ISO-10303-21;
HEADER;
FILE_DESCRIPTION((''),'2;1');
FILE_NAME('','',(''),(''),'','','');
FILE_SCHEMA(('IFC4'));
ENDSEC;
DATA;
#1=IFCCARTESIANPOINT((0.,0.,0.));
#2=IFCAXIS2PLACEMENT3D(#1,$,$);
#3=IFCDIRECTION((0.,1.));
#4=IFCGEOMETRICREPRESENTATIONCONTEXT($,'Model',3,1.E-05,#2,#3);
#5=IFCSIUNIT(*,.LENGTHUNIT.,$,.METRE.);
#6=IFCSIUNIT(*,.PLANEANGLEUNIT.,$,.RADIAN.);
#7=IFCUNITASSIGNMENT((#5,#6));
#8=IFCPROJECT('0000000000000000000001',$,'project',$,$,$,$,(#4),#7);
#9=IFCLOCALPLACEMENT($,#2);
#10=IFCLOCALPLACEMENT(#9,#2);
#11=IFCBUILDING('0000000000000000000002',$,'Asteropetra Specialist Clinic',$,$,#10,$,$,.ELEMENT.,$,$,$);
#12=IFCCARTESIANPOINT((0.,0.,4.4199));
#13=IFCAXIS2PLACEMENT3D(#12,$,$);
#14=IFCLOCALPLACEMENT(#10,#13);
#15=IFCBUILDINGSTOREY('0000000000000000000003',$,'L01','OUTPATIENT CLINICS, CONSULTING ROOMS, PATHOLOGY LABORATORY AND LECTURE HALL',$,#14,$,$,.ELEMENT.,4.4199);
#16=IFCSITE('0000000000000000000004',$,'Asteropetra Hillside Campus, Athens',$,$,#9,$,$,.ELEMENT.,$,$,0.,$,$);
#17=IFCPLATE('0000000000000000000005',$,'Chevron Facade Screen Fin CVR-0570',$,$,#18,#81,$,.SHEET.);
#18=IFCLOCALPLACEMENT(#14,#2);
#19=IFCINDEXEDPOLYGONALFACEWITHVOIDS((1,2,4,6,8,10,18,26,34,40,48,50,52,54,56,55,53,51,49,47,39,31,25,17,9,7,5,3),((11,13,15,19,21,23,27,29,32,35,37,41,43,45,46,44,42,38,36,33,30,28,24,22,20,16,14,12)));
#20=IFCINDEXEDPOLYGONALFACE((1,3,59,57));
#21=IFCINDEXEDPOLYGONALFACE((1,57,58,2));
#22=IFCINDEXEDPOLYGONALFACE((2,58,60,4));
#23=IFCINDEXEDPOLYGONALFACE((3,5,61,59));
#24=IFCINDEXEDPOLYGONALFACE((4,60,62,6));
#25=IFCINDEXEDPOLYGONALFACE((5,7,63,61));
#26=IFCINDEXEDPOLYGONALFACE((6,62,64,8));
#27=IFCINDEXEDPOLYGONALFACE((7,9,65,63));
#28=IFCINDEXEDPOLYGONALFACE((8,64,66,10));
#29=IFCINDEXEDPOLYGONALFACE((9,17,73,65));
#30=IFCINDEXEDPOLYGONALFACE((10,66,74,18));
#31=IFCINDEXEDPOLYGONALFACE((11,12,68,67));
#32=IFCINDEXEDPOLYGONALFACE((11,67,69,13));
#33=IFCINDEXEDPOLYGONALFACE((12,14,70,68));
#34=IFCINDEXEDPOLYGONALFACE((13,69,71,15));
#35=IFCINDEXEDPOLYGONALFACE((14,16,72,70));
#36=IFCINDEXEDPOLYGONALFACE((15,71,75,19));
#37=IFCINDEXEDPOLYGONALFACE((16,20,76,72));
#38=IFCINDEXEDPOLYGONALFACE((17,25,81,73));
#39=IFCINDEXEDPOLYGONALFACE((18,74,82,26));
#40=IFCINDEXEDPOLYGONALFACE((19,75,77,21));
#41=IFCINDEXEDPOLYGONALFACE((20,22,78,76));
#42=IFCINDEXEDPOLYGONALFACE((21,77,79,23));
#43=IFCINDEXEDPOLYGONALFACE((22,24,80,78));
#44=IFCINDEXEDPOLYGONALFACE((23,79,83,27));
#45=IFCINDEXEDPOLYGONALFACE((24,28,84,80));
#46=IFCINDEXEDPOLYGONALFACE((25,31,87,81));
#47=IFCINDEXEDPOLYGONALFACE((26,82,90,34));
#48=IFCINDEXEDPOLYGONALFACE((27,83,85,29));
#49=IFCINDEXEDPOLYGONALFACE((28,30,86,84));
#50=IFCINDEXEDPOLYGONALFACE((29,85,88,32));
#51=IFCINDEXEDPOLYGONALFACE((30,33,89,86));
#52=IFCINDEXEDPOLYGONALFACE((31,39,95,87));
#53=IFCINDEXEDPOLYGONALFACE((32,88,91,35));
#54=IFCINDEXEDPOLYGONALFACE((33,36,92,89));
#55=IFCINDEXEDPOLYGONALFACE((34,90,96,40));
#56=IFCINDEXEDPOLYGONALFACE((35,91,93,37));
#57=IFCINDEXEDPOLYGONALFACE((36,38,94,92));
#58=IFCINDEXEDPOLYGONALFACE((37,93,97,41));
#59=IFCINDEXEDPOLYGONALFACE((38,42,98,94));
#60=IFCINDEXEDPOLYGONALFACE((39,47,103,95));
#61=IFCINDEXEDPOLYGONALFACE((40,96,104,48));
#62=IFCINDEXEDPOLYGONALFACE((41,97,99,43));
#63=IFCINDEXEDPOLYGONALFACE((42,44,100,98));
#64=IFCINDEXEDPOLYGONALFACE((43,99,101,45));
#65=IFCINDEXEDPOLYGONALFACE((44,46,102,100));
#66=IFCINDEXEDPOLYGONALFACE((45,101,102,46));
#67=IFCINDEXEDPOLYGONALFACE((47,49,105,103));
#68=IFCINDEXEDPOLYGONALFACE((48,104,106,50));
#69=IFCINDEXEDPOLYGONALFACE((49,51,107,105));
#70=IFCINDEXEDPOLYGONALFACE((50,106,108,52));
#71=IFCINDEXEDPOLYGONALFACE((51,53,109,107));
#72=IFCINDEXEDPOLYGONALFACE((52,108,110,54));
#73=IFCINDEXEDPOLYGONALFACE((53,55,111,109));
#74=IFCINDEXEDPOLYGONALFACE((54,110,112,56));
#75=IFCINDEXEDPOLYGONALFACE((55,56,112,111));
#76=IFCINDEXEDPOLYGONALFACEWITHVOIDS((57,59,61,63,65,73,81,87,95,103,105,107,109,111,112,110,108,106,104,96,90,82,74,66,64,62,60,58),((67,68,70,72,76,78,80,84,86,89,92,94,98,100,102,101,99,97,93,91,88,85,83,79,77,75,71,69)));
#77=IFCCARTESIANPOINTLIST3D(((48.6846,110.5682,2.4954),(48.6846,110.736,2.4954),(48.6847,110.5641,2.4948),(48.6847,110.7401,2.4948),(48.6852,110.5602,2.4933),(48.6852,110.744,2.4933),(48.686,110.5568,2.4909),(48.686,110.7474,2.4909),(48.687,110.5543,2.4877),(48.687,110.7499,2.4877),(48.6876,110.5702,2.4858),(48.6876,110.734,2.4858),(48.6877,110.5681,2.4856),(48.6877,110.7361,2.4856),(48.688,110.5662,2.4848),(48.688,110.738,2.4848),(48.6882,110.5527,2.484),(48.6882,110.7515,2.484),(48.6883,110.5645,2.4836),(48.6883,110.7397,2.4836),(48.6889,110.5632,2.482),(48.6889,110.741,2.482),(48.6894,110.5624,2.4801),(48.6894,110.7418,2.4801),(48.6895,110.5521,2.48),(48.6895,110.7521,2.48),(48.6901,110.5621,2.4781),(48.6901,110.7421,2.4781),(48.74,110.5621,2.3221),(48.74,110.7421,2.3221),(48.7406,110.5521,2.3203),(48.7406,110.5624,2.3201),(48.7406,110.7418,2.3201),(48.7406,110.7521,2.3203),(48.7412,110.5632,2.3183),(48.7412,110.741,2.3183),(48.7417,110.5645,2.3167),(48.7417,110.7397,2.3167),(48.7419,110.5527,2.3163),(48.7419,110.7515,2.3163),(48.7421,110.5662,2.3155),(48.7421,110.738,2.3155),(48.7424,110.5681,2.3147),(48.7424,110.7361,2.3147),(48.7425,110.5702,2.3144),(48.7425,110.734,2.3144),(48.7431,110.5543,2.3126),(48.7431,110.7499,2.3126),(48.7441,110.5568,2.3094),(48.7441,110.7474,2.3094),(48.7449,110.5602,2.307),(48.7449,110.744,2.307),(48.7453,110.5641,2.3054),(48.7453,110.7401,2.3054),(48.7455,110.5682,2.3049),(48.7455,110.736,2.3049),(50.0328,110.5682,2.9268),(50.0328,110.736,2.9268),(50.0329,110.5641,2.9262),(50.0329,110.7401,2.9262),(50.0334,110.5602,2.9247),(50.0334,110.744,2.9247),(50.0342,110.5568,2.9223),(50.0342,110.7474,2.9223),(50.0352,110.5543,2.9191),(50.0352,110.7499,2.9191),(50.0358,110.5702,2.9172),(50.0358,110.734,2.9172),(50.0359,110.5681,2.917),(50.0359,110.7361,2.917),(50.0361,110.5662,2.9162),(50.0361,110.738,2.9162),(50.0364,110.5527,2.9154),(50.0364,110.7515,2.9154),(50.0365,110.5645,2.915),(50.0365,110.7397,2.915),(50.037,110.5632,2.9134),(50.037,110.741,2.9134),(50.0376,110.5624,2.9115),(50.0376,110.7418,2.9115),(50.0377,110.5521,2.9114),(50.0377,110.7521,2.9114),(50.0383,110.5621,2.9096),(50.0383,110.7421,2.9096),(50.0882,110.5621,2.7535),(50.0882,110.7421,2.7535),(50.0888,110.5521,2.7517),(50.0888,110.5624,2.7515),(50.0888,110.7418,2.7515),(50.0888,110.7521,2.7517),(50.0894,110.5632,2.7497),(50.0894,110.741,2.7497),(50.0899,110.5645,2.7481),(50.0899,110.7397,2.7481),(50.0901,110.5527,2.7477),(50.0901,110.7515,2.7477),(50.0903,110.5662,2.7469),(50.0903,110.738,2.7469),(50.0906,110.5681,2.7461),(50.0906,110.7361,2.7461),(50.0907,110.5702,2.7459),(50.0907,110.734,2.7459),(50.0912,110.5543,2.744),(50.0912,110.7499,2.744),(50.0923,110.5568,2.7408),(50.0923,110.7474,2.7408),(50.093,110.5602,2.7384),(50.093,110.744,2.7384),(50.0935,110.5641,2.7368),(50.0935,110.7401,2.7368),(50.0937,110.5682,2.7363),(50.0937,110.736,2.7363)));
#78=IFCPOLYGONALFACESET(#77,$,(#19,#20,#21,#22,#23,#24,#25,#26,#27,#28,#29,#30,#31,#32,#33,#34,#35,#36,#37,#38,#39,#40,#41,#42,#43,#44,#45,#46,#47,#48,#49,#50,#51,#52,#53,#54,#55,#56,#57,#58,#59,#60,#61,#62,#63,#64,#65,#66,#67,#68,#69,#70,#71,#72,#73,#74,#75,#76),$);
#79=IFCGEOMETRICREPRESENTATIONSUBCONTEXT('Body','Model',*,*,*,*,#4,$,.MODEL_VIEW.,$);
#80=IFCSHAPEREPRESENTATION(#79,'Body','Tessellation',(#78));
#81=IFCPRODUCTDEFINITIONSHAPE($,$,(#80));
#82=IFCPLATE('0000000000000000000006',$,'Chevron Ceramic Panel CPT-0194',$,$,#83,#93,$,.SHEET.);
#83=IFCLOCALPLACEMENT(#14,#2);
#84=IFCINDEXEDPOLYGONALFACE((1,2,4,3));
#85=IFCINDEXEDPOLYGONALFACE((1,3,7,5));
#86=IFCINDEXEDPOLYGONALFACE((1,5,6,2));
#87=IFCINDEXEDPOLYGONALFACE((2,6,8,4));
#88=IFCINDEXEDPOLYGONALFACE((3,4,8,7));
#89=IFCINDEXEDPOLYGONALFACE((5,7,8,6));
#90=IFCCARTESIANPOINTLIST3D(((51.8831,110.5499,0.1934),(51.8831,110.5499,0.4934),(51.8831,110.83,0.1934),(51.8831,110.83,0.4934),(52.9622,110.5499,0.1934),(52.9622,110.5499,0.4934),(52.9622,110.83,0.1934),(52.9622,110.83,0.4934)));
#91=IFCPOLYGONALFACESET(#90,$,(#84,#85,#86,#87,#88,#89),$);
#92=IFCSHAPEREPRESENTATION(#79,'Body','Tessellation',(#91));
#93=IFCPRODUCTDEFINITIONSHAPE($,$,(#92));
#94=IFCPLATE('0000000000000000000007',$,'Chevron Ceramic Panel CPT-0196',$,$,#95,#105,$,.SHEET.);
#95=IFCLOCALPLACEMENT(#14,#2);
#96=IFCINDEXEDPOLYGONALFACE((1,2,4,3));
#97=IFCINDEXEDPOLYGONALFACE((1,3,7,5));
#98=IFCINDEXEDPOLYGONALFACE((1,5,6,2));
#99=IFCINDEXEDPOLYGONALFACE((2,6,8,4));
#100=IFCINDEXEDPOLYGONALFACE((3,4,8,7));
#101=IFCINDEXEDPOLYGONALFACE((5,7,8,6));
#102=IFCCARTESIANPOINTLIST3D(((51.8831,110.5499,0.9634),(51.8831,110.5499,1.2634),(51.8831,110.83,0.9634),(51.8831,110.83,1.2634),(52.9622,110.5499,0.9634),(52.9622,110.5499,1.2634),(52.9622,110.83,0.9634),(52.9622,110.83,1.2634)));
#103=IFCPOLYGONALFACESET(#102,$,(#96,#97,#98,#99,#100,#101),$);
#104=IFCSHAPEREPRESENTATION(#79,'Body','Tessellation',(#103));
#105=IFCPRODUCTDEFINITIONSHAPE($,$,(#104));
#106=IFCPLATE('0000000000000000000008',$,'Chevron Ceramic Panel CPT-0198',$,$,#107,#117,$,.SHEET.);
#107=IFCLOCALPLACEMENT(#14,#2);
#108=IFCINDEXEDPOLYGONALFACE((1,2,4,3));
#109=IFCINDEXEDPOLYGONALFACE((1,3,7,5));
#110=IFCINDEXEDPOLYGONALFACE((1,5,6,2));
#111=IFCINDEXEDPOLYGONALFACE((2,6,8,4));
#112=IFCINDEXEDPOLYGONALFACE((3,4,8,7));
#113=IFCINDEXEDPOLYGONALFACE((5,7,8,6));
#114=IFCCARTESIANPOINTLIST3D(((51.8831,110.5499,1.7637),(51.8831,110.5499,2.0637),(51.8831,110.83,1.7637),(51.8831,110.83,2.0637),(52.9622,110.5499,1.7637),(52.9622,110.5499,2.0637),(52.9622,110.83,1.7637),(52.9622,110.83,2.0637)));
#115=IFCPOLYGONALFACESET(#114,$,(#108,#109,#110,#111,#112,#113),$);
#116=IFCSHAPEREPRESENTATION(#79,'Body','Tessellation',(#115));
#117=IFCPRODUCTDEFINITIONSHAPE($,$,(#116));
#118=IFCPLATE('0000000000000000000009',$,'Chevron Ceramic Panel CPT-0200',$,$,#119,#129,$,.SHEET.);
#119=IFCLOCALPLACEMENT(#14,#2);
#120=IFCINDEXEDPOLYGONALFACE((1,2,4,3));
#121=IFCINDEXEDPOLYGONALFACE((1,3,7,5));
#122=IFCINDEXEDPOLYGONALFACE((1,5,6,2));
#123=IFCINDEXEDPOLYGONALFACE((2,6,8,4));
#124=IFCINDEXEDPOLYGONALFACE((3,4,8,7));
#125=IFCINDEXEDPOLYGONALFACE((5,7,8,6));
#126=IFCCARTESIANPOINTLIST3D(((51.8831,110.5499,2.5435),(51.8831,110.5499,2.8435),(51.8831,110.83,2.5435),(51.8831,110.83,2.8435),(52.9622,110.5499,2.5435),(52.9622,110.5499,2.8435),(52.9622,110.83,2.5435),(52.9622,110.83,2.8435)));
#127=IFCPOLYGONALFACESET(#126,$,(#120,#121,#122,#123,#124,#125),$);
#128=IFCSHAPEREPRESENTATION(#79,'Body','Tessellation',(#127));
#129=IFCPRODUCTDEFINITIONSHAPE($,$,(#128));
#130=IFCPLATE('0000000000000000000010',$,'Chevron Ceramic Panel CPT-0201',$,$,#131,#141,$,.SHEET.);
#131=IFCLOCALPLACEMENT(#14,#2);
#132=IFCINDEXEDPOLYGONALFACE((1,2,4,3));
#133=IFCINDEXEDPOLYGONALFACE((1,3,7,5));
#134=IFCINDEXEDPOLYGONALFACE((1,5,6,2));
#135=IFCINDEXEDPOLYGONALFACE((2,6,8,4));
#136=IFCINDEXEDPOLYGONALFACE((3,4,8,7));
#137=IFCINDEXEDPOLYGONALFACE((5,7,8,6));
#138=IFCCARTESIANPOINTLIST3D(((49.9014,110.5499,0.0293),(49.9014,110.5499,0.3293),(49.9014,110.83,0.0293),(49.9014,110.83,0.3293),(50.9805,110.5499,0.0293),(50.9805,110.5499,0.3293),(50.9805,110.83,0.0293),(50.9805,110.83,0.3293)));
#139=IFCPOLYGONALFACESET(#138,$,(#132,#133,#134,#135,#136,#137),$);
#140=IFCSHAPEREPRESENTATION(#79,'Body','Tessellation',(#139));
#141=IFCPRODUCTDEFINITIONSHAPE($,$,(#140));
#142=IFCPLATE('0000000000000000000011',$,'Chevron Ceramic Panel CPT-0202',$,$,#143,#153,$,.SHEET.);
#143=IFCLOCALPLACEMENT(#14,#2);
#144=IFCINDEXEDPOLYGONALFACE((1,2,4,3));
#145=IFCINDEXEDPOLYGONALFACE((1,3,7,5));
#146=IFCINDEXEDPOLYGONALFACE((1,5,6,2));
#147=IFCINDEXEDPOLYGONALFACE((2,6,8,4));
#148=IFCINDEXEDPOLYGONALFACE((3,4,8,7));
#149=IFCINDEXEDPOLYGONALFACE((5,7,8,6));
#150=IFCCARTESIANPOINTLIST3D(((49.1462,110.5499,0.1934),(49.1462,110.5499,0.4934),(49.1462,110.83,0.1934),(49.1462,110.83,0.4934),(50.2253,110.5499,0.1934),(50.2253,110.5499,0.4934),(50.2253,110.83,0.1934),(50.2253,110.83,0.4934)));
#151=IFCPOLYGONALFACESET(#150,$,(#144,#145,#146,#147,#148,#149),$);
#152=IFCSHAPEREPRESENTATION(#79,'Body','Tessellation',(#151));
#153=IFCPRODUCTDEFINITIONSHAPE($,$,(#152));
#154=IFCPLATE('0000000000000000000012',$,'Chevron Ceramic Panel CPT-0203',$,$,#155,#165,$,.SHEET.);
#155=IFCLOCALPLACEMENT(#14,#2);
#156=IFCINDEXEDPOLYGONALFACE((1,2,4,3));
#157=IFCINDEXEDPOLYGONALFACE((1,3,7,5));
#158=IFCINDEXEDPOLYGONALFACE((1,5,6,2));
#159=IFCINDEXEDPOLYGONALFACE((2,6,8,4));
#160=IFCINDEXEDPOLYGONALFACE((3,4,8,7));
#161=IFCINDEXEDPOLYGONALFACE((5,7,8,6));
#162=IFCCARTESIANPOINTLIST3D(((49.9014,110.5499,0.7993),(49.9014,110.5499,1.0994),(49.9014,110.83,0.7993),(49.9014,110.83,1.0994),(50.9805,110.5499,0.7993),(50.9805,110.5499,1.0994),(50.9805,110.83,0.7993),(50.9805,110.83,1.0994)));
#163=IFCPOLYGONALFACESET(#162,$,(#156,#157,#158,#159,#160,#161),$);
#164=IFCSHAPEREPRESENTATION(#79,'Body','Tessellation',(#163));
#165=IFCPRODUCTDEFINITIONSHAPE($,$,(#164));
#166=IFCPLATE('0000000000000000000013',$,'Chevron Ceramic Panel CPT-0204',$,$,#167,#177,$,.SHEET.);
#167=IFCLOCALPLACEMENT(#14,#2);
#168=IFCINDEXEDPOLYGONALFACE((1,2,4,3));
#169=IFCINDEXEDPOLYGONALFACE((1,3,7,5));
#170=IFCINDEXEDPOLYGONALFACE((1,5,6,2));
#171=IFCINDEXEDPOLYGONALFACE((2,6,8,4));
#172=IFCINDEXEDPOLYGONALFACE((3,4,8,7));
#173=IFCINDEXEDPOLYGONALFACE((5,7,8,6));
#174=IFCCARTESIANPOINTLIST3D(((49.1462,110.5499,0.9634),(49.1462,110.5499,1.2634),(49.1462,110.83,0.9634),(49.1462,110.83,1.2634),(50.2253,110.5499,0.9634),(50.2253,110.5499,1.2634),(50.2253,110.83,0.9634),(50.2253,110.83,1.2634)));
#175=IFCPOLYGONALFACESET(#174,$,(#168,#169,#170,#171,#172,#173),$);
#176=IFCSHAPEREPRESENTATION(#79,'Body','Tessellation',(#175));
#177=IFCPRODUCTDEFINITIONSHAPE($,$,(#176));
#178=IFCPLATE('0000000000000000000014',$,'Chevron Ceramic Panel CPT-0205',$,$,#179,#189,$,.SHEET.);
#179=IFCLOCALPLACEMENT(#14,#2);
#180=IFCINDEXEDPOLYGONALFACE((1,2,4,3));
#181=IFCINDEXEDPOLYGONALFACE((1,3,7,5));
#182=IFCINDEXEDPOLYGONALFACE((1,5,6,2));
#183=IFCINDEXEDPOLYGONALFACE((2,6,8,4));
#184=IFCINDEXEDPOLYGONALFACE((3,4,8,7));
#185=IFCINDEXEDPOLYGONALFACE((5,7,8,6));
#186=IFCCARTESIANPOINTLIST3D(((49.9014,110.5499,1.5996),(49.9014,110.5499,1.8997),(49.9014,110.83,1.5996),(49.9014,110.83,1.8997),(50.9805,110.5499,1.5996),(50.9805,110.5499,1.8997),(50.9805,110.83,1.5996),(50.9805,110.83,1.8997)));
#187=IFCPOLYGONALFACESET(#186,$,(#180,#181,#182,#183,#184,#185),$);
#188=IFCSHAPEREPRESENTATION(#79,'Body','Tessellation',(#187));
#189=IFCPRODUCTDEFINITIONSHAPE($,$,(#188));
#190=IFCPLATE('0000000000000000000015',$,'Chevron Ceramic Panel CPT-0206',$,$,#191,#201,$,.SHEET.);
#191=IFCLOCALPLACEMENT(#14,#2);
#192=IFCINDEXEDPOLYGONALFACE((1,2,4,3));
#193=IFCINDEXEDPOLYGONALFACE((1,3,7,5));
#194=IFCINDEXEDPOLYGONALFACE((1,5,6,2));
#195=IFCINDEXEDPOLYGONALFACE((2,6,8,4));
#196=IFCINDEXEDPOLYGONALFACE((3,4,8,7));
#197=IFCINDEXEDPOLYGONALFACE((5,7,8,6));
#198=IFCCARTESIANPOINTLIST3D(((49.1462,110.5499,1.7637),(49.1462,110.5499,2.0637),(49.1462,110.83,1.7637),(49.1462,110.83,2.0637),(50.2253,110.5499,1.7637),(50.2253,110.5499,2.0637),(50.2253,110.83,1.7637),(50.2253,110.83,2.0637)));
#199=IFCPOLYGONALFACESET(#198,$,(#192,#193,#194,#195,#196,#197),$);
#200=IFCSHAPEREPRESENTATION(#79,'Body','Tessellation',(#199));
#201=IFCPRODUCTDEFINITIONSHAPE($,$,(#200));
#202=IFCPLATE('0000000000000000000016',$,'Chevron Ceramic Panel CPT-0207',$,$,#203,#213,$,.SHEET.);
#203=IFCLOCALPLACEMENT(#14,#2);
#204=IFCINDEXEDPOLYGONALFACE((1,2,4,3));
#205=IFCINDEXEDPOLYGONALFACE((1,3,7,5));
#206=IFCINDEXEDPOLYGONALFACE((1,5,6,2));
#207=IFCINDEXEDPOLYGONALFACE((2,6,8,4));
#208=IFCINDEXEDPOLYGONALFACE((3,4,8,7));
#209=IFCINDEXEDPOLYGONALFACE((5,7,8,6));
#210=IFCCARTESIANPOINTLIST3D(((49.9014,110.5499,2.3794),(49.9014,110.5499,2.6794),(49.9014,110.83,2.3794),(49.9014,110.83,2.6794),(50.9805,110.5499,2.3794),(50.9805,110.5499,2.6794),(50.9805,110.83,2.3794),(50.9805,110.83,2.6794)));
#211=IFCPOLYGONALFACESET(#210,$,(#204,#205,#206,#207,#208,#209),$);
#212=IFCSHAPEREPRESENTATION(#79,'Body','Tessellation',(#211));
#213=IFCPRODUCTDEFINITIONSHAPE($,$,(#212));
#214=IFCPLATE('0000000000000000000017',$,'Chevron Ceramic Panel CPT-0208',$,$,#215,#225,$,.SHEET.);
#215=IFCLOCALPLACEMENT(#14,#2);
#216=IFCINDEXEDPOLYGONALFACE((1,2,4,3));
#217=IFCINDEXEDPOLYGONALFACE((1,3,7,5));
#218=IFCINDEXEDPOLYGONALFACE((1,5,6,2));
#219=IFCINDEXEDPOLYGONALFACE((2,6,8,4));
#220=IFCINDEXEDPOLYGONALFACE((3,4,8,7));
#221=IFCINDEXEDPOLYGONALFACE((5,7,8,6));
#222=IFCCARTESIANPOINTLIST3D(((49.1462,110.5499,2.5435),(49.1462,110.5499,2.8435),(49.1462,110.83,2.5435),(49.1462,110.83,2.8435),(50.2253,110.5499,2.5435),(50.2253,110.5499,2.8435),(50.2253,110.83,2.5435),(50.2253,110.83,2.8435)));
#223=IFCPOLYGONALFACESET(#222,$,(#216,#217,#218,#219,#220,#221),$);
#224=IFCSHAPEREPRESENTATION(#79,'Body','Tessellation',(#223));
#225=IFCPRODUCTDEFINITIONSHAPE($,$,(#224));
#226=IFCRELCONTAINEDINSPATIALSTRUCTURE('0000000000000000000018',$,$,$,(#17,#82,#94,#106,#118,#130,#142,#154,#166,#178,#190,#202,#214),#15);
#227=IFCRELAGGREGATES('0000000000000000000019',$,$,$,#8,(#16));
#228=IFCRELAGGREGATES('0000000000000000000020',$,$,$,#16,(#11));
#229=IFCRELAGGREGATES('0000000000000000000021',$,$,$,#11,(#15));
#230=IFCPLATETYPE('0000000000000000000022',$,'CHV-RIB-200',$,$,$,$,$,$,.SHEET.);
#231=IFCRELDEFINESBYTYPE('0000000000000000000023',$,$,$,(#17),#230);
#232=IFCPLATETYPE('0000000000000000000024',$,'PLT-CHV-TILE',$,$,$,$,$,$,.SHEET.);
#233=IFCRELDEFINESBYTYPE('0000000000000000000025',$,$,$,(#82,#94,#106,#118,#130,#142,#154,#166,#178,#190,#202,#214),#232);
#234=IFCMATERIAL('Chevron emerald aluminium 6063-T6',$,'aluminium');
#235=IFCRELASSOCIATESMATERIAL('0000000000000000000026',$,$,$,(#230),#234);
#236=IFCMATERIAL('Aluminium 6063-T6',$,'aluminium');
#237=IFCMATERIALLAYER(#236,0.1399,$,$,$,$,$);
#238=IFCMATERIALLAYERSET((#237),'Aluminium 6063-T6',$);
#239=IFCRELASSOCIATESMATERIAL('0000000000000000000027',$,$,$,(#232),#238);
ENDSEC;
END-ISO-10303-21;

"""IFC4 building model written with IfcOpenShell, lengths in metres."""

from ifc_helpers import new_model, si_unit, direction, frame, origin, origin_2d, place, context, subcontext, project, spatial, rectangle, hollow_rectangle, extrude, material, layer, layer_set, material_profile, profile_set, type_object, element, save


model = new_model("IFC4")

# Units and contexts
model_context = context("Model", 3, precision=1e-05, world=origin(), true_north=direction((0.0, 1.0)))
body_context = subcontext(model_context, "Body", "Model", "MODEL_VIEW")
ifc_project = project(units=[si_unit("LENGTHUNIT", "METRE"), si_unit("PLANEANGLEUNIT", "RADIAN")], contexts=[model_context])

# Site, building, storey
site_placement = place(None, origin())
site = spatial("IfcSite", under=ifc_project, at=site_placement, Name="Asteropetra Hillside Campus, Athens", CompositionType="ELEMENT", RefElevation=0.0)
building_placement = place(site_placement, origin())
building = spatial("IfcBuilding", under=site, at=building_placement, Name="Asteropetra Specialist Clinic", CompositionType="ELEMENT")
storey_placement = place(building_placement, frame((0.0, 0.0, 4.4199)))
storey = spatial("IfcBuildingStorey", under=building, at=storey_placement, Name="L01", Description="OUTPATIENT CLINICS, CONSULTING ROOMS, PATHOLOGY LABORATORY AND LECTURE HALL", CompositionType="ELEMENT", Elevation=4.4199)

# Plates
ifc_material_1 = material(Name="Chevron emerald aluminium 6063-T6", Category="aluminium")
ifc_material_profile = material_profile(ifc_material_1, hollow_rectangle(XDim=0.2, YDim=0.2, WallThickness=0.01, InnerFilletRadius=0.0081, OuterFilletRadius=0.0161, at=origin_2d()), Name="SHS 200x200x10.0")
ifc_profile_set = profile_set([ifc_material_profile], Name="Chevron emerald aluminium 6063-T6")
plate_type_1 = type_object("IfcPlateType", Name="CHV-RIB-200", PredefinedType="SHEET", material=ifc_profile_set)
plate_1_placement = place(storey_placement, frame((50.0632, 110.6521, 2.8315), z_axis=(-0.952426, 0.0, -0.304769), x_axis=(0.0, -1.0, 0.0)))
element("IfcPlate", 1, at=plate_1_placement, inside=storey, type_object=plate_type_1, Name="Chevron Facade Screen Fin CVR-0570", PredefinedType="SHEET", context=body_context, shape_type="SweptSolid", body=[
    extrude(hollow_rectangle(XDim=0.2, YDim=0.2, WallThickness=0.01, InnerFilletRadius=0.0081, OuterFilletRadius=0.0161, at=origin_2d()), origin(), (0.0, 0.0, 1.0), 1.4155),
])
ifc_material_2 = material(Name="Aluminium 6063-T6", Category="aluminium")
ifc_layer_1 = layer(ifc_material_2, 0.1399)
ifc_layer_set_1 = layer_set([ifc_layer_1], Name="Aluminium 6063-T6")
plate_type_2 = type_object("IfcPlateType", Name="PLT-CHV-TILE", PredefinedType="SHEET", material=ifc_layer_set_1)
for number, where, z_axis, x_axis, name in (
    (2, (52.4226, 110.6899, 0.1934), (0.0, 0.0, 1.0), (1.0, 0.0, 0.0), "Chevron Ceramic Panel CPT-0194"),
    (3, (52.4226, 110.6899, 0.9634), (0.0, 0.0, 1.0), (1.0, 0.0, 0.0), "Chevron Ceramic Panel CPT-0196"),
    (4, (52.4226, 110.6899, 1.7637), (0.0, 0.0, 1.0), (1.0, 0.0, 0.0), "Chevron Ceramic Panel CPT-0198"),
    (5, (52.4226, 110.6899, 2.5435), (0.0, 0.0, 1.0), (1.0, 0.0, 0.0), "Chevron Ceramic Panel CPT-0200"),
    (6, (50.4409, 110.6899, 0.0293), (0.0, 0.0, 1.0), (1.0, 0.0, 0.0), "Chevron Ceramic Panel CPT-0201"),
    (7, (49.6858, 110.6899, 0.1934), (0.0, 0.0, 1.0), (1.0, 0.0, 0.0), "Chevron Ceramic Panel CPT-0202"),
    (8, (50.4409, 110.6899, 0.7993), (0.0, 0.0, 1.0), (1.0, 0.0, 0.0), "Chevron Ceramic Panel CPT-0203"),
    (9, (49.6858, 110.6899, 0.9634), (0.0, 0.0, 1.0), (1.0, 0.0, 0.0), "Chevron Ceramic Panel CPT-0204"),
    (10, (50.4409, 110.6899, 1.5996), (0.0, 0.0, 1.0), (1.0, 0.0, 0.0), "Chevron Ceramic Panel CPT-0205"),
    (11, (49.6858, 110.6899, 1.7637), (0.0, 0.0, 1.0), (1.0, 0.0, 0.0), "Chevron Ceramic Panel CPT-0206"),
    (12, (50.4409, 110.6899, 2.3794), (0.0, 0.0, 1.0), (1.0, 0.0, 0.0), "Chevron Ceramic Panel CPT-0207"),
    (13, (49.6858, 110.6899, 2.5435), (0.0, 0.0, 1.0), (1.0, 0.0, 0.0), "Chevron Ceramic Panel CPT-0208"),
):
    element("IfcPlate", number, at=place(storey_placement, frame(where, z_axis=z_axis, x_axis=x_axis)), inside=storey, type_object=plate_type_2, Name=name, PredefinedType="SHEET", context=body_context, shape_type="SweptSolid", body=[
        extrude(rectangle(XDim=1.0791, YDim=0.28, at=origin_2d()), origin(), (0.0, 0.0, 1.0), 0.3),
    ])

save(model, "model.ifc")
